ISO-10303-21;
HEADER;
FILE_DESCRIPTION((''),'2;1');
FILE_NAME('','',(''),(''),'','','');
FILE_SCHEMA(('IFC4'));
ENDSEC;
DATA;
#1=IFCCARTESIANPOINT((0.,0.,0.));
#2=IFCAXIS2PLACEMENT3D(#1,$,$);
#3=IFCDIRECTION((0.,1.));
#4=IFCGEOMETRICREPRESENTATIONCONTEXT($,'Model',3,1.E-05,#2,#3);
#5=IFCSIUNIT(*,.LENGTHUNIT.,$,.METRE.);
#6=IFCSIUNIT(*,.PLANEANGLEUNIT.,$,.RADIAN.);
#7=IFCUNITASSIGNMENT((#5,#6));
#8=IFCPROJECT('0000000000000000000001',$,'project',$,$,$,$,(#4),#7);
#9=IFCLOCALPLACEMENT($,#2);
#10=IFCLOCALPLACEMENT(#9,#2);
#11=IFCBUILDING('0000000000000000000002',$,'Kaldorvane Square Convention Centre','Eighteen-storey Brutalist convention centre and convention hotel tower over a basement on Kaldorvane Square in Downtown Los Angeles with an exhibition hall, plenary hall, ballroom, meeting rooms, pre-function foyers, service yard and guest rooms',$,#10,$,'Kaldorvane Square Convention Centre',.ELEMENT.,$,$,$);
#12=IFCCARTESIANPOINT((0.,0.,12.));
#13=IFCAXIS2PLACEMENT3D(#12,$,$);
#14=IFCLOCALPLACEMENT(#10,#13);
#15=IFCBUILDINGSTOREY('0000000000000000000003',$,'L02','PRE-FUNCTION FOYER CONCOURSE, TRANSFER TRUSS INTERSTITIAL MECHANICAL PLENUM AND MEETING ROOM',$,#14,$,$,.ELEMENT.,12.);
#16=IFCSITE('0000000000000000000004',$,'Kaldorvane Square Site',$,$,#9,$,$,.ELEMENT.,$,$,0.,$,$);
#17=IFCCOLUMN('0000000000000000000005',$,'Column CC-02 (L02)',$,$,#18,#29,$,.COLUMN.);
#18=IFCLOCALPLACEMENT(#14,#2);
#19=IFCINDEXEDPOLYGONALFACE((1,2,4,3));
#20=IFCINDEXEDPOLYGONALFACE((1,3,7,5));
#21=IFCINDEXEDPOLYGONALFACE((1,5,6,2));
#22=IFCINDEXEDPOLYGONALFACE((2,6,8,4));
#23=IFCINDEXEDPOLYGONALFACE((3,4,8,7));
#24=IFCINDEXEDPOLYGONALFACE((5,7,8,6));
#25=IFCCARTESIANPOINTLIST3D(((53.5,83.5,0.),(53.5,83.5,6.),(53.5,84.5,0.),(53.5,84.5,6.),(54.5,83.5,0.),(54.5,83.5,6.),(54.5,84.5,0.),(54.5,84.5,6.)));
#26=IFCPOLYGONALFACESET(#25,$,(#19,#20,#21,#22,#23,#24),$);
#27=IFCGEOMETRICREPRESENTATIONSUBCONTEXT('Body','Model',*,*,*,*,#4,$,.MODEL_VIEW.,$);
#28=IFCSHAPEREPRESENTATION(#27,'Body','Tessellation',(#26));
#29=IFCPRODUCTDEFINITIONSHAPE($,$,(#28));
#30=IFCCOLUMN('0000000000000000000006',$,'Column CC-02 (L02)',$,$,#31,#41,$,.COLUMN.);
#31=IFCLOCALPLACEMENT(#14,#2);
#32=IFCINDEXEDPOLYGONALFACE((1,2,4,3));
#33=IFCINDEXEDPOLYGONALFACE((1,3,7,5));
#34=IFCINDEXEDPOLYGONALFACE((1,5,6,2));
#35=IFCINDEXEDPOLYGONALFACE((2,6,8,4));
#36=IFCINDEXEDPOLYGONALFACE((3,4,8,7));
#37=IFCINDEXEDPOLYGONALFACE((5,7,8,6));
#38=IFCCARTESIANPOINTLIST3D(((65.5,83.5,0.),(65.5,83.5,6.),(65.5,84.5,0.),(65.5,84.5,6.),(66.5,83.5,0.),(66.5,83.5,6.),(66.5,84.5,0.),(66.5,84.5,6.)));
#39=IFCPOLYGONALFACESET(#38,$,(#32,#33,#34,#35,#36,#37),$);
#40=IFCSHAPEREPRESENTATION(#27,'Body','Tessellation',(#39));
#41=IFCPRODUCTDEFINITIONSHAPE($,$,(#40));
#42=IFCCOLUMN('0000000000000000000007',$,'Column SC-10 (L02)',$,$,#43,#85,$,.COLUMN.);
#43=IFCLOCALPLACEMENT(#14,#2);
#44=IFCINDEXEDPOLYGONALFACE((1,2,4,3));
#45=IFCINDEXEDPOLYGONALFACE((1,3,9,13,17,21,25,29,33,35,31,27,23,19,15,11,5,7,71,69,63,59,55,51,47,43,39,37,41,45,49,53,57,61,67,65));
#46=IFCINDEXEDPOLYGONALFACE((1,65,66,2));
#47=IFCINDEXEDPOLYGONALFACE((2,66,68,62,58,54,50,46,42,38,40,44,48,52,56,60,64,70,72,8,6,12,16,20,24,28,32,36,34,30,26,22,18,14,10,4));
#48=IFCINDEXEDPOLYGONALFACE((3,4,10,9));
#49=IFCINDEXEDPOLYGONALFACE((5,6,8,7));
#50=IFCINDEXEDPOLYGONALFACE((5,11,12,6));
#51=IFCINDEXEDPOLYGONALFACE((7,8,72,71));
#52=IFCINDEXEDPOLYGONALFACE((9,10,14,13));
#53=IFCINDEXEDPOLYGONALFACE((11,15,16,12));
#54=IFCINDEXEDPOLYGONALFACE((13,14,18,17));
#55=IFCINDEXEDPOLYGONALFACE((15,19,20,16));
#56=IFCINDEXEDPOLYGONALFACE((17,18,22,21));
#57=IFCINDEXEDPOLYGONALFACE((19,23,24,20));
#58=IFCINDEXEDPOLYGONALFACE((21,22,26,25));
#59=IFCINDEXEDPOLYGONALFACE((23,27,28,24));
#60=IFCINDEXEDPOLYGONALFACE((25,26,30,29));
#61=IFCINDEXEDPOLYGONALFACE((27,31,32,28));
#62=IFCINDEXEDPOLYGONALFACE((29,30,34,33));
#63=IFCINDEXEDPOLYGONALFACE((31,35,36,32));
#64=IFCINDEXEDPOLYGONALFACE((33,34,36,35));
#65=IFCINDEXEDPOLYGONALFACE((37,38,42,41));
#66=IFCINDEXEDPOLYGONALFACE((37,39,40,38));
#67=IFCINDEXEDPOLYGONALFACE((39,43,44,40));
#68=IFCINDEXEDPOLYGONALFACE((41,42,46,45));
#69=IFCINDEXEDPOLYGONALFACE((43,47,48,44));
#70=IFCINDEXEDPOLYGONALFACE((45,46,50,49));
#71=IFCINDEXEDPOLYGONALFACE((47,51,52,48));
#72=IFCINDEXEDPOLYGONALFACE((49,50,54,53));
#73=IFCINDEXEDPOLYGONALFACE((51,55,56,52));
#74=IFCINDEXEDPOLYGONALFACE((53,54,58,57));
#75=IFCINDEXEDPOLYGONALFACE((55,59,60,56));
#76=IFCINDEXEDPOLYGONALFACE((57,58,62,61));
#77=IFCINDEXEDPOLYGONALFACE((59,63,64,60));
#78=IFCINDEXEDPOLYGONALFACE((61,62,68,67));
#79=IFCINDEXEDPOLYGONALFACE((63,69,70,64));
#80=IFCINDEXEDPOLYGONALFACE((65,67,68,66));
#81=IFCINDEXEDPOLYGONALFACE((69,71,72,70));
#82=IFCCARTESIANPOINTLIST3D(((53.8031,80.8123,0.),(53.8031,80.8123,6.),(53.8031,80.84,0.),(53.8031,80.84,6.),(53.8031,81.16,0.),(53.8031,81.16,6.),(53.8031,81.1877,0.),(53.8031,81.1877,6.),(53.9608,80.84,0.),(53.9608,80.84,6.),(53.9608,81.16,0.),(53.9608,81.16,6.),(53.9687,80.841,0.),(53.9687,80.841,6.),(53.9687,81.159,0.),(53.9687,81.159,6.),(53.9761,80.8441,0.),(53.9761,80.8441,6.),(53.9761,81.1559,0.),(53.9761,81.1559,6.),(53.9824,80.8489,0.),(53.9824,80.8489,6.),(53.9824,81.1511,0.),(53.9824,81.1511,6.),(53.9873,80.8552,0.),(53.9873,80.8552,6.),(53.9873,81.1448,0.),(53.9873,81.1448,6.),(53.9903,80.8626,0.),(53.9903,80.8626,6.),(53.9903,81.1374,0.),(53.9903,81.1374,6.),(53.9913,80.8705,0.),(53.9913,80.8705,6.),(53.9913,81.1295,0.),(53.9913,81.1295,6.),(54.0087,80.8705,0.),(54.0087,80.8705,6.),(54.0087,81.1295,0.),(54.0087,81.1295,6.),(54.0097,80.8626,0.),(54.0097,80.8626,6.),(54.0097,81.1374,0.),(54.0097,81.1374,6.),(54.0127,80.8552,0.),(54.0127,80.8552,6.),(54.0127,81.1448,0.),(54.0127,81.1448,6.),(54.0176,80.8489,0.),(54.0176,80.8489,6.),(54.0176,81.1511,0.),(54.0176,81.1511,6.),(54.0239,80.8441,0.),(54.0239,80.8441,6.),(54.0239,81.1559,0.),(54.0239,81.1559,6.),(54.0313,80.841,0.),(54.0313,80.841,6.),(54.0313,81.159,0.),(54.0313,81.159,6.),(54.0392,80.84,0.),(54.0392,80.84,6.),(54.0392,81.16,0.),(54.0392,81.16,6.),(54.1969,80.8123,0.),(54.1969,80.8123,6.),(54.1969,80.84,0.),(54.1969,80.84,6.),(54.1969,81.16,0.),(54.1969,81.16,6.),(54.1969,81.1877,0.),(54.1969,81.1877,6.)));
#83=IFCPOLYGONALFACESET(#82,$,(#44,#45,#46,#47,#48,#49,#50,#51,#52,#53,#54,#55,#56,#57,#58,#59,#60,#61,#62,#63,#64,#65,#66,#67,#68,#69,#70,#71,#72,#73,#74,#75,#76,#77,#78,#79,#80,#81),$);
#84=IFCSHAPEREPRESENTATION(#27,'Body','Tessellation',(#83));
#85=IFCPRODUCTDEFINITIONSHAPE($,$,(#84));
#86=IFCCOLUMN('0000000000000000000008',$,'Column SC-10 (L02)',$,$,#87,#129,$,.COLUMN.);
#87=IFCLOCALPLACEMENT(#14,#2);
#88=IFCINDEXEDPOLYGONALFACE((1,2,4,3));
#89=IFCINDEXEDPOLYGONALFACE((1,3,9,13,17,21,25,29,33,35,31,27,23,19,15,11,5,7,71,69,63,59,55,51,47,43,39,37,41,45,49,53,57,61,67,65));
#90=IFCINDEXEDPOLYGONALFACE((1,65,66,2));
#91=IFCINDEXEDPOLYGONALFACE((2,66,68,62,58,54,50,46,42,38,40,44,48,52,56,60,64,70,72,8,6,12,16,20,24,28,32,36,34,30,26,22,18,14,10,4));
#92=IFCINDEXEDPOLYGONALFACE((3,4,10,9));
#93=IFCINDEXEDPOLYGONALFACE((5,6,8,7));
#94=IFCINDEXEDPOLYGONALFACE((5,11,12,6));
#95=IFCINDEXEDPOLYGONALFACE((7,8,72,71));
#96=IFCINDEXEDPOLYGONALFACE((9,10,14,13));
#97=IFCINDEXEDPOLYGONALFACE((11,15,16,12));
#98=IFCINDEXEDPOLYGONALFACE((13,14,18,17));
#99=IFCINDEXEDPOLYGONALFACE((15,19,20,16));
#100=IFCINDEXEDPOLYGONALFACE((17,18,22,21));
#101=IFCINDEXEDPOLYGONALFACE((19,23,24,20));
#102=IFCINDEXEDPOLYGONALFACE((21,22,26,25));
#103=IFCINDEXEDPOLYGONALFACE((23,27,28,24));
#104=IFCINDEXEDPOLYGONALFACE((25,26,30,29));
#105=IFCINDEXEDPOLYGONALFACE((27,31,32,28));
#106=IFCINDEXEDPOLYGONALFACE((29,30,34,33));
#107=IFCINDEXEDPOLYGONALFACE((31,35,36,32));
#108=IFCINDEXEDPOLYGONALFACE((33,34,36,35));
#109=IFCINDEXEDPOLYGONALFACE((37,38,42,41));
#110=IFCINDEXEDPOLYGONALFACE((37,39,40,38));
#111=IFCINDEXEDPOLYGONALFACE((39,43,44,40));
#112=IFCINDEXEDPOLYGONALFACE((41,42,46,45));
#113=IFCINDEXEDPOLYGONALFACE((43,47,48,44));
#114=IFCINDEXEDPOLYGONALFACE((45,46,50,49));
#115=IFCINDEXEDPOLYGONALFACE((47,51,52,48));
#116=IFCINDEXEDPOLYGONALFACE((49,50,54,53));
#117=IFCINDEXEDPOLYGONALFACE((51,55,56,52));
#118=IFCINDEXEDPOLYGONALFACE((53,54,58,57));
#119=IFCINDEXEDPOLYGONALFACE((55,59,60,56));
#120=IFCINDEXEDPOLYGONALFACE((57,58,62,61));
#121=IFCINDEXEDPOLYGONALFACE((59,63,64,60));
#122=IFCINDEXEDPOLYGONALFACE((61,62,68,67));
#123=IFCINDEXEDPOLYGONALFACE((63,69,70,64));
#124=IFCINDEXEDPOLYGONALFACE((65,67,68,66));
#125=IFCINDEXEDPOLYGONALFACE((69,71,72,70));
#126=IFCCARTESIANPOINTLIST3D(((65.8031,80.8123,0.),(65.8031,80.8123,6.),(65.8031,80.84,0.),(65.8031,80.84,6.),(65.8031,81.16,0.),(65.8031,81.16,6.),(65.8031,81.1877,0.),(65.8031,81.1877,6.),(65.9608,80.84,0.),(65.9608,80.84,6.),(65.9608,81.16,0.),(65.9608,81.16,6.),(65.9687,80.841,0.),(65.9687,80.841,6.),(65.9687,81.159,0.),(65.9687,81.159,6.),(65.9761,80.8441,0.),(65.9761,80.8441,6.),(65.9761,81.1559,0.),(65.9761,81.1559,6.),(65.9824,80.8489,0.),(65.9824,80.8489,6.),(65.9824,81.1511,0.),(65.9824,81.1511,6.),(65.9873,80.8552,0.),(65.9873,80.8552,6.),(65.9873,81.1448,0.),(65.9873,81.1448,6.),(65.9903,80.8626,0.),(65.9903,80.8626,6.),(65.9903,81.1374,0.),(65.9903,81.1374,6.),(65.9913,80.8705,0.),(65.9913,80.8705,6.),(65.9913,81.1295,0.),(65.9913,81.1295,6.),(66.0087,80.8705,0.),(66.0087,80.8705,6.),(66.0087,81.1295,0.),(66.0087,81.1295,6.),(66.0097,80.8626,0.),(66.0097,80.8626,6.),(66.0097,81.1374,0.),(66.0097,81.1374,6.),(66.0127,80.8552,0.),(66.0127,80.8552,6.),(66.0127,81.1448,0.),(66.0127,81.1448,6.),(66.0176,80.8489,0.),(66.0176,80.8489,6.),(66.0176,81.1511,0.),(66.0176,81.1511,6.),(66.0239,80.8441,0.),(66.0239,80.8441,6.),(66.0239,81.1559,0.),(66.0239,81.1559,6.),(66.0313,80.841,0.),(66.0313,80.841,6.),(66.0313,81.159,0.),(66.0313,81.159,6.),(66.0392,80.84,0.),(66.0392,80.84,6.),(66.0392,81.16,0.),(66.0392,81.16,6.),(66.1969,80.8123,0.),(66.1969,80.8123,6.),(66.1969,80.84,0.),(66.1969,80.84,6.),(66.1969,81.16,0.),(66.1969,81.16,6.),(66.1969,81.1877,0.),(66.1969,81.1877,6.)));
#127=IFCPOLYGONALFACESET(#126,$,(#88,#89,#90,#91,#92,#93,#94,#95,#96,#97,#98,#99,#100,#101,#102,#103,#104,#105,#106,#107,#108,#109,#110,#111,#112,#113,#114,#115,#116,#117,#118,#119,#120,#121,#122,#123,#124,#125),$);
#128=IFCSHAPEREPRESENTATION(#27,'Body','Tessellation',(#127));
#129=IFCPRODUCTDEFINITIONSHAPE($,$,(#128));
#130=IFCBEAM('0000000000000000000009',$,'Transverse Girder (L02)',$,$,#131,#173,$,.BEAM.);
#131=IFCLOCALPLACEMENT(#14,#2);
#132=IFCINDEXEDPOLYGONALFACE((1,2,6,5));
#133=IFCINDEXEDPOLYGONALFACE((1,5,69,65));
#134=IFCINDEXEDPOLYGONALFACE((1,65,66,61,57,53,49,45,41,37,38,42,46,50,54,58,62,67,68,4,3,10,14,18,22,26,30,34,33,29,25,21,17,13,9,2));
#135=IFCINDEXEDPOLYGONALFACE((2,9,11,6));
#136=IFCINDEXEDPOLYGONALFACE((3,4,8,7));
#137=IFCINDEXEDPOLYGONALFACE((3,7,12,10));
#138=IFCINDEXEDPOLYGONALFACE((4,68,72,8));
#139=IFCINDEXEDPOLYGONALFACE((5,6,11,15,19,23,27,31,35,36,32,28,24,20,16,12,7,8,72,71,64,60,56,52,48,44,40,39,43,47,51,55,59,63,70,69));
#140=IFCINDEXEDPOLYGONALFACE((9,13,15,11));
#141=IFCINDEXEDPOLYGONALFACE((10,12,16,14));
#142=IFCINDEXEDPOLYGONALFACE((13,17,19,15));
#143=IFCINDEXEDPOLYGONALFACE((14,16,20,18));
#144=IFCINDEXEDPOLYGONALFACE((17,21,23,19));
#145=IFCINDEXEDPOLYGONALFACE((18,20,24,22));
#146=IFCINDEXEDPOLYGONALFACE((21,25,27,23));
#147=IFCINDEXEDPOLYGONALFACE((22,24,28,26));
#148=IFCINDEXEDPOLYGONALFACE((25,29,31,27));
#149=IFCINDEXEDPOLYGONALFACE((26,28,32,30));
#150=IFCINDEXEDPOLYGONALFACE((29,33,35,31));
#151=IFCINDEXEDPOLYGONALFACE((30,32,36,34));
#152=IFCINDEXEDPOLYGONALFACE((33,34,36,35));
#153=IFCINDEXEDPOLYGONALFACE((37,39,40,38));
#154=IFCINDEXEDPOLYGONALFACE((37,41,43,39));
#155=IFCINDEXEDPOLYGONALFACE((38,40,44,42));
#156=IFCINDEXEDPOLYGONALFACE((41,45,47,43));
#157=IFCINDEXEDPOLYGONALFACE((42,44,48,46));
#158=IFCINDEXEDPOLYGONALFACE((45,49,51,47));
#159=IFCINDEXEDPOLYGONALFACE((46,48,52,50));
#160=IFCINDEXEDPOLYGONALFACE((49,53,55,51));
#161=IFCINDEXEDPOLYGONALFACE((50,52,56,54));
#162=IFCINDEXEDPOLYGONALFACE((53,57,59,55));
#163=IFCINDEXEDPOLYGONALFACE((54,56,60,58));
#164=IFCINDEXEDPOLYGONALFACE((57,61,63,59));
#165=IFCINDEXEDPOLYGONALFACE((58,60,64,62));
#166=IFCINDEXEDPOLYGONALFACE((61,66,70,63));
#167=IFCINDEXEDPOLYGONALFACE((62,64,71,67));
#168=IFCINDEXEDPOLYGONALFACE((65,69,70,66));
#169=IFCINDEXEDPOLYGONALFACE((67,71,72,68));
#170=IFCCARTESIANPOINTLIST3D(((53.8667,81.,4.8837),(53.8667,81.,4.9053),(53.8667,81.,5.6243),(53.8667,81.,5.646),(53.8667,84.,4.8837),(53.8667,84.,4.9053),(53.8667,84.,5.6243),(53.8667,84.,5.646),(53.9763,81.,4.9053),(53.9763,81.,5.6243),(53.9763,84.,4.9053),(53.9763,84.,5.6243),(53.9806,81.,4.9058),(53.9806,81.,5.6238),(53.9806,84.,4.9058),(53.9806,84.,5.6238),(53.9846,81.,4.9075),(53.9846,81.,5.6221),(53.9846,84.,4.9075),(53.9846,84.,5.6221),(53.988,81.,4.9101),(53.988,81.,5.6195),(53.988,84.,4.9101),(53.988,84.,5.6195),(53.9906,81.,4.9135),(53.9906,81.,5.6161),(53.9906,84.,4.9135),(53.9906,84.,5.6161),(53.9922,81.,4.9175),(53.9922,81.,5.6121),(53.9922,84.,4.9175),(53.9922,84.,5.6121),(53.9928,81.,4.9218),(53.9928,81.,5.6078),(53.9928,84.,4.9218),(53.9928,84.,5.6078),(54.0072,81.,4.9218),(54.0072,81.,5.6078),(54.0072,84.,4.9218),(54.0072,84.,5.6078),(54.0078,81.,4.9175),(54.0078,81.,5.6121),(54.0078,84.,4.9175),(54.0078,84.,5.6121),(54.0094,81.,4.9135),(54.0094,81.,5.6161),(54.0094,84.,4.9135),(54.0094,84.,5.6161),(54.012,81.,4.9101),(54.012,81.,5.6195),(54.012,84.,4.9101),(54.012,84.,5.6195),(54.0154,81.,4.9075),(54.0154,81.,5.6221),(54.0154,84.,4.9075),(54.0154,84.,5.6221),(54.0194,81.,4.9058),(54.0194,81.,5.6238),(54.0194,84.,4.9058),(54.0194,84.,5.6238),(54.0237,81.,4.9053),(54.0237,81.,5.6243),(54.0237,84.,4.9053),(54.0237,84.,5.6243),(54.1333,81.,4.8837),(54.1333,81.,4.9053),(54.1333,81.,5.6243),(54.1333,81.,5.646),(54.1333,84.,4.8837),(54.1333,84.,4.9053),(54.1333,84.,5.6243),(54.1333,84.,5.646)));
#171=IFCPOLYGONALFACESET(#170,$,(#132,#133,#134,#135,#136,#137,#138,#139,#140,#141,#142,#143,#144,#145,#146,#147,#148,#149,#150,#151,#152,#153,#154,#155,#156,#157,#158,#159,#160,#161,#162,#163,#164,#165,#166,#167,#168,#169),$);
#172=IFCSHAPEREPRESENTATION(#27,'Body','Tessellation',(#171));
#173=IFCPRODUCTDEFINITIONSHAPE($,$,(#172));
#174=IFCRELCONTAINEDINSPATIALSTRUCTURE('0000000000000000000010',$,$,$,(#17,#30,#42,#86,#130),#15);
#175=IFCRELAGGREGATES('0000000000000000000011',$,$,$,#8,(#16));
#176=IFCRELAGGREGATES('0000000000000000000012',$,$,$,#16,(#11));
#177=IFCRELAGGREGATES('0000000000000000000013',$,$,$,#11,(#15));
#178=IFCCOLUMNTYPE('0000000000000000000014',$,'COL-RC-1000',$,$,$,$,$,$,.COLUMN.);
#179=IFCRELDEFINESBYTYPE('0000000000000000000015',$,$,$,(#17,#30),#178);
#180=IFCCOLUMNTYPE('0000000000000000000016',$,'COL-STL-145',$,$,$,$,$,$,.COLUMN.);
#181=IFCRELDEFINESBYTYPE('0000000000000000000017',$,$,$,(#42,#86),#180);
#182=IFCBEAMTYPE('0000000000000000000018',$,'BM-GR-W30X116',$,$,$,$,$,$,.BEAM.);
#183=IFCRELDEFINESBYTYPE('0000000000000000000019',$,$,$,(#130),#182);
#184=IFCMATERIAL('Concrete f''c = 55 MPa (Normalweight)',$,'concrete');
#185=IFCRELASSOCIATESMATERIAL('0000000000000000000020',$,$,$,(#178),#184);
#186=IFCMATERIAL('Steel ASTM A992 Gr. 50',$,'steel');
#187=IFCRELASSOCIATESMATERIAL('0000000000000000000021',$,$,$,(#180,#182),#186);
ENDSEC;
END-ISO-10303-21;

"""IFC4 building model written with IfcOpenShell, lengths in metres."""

from ifc_helpers import new_model, si_unit, direction, frame, origin, origin_2d, place, context, subcontext, project, spatial, rectangle, i_section, extrude, material, material_profile, profile_set, type_object, element, save


model = new_model("IFC4")

# Units and contexts
model_context = context("Model", 3, precision=1e-05, world=origin(), true_north=direction((0.0, 1.0)))
body_context = subcontext(model_context, "Body", "Model", "MODEL_VIEW")
ifc_project = project(units=[si_unit("LENGTHUNIT", "METRE"), si_unit("PLANEANGLEUNIT", "RADIAN")], contexts=[model_context])

# Site, building, storey
site_placement = place(None, origin())
site = spatial("IfcSite", under=ifc_project, at=site_placement, Name="Kaldorvane Square Site", CompositionType="ELEMENT", RefElevation=0.0)
building_placement = place(site_placement, origin())
building = spatial("IfcBuilding", under=site, at=building_placement, Name="Kaldorvane Square Convention Centre", Description="Eighteen-storey Brutalist convention centre and convention hotel tower over a basement on Kaldorvane Square in Downtown Los Angeles with an exhibition hall, plenary hall, ballroom, meeting rooms, pre-function foyers, service yard and guest rooms", LongName="Kaldorvane Square Convention Centre", CompositionType="ELEMENT")
storey_placement = place(building_placement, frame((0.0, 0.0, 12.0)))
storey = spatial("IfcBuildingStorey", under=building, at=storey_placement, Name="L02", Description="PRE-FUNCTION FOYER CONCOURSE, TRANSFER TRUSS INTERSTITIAL MECHANICAL PLENUM AND MEETING ROOM", CompositionType="ELEMENT", Elevation=12.0)

# Columns
ifc_material_1 = material(Name="Concrete f'c = 55 MPa (Normalweight)", Category="concrete")
ifc_material_profile_1 = material_profile(ifc_material_1, rectangle(XDim=1.0, YDim=1.0, at=origin_2d()), Name="RC1000X1000")
ifc_profile_set_1 = profile_set([ifc_material_profile_1], Name="Concrete f'c = 55 MPa (Normalweight)")
column_type_1 = type_object("IfcColumnType", Name="COL-RC-1000", PredefinedType="COLUMN", material=ifc_profile_set_1)
for number, where, z_axis, x_axis, name in (
    (1, (54.0, 84.0, 0.0), (0.0, 0.0, 1.0), (1.0, 0.0, 0.0), "Column CC-02 (L02)"),
    (2, (66.0, 84.0, 0.0), (0.0, 0.0, 1.0), (1.0, 0.0, 0.0), "Column CC-02 (L02)"),
):
    element("IfcColumn", number, at=place(storey_placement, frame(where, z_axis=z_axis, x_axis=x_axis)), inside=storey, type_object=column_type_1, Name=name, PredefinedType="COLUMN", context=body_context, shape_type="SweptSolid", body=[
        extrude(rectangle(XDim=1.0, YDim=1.0, at=origin_2d()), origin(), (0.0, 0.0, 1.0), 6.0),
    ])
ifc_material_2 = material(Name="Steel ASTM A992 Gr. 50", Category="steel")
ifc_material_profile_2 = material_profile(ifc_material_2, i_section(OverallWidth=0.3937, OverallDepth=0.3754, WebThickness=0.0173, FlangeThickness=0.0277, FilletRadius=0.0305, at=origin_2d()), Name="W14X145")
ifc_profile_set_2 = profile_set([ifc_material_profile_2], Name="Steel ASTM A992 Gr. 50")
column_type_2 = type_object("IfcColumnType", Name="COL-STL-145", PredefinedType="COLUMN", material=ifc_profile_set_2)
for number, where, z_axis, x_axis, name in (
    (3, (54.0, 81.0, 0.0), (0.0, 0.0, 1.0), (1.0, 0.0, 0.0), "Column SC-10 (L02)"),
    (4, (66.0, 81.0, 0.0), (0.0, 0.0, 1.0), (1.0, 0.0, 0.0), "Column SC-10 (L02)"),
):
    element("IfcColumn", number, at=place(storey_placement, frame(where, z_axis=z_axis, x_axis=x_axis)), inside=storey, type_object=column_type_2, Name=name, PredefinedType="COLUMN", context=body_context, shape_type="SweptSolid", body=[
        extrude(i_section(OverallWidth=0.3937, OverallDepth=0.3754, WebThickness=0.0173, FlangeThickness=0.0277, FilletRadius=0.0305, at=origin_2d()), origin(), (0.0, 0.0, 1.0), 6.0),
    ])

# Beam
ifc_material_profile_3 = material_profile(ifc_material_2, i_section(OverallWidth=0.2666, OverallDepth=0.7623, WebThickness=0.0144, FlangeThickness=0.0216, FilletRadius=0.0165, at=origin_2d()), Name="W30X116")
ifc_profile_set_3 = profile_set([ifc_material_profile_3], Name="Steel ASTM A992 Gr. 50")
beam_type_1 = type_object("IfcBeamType", Name="BM-GR-W30X116", PredefinedType="BEAM", material=ifc_profile_set_3)
for number, where, z_axis, x_axis, name in (
    (5, (54.0, 81.0, 5.2648), (0.0, 1.0, 0.0), (-1.0, 0.0, 0.0), "Transverse Girder (L02)"),
):
    element("IfcBeam", number, at=place(storey_placement, frame(where, z_axis=z_axis, x_axis=x_axis)), inside=storey, type_object=beam_type_1, Name=name, PredefinedType="BEAM", context=body_context, shape_type="SweptSolid", body=[
        extrude(i_section(OverallWidth=0.2666, OverallDepth=0.7623, WebThickness=0.0144, FlangeThickness=0.0216, FilletRadius=0.0165, at=origin_2d()), origin(), (0.0, 0.0, 1.0), 3.0),
    ])

save(model, "model.ifc")
